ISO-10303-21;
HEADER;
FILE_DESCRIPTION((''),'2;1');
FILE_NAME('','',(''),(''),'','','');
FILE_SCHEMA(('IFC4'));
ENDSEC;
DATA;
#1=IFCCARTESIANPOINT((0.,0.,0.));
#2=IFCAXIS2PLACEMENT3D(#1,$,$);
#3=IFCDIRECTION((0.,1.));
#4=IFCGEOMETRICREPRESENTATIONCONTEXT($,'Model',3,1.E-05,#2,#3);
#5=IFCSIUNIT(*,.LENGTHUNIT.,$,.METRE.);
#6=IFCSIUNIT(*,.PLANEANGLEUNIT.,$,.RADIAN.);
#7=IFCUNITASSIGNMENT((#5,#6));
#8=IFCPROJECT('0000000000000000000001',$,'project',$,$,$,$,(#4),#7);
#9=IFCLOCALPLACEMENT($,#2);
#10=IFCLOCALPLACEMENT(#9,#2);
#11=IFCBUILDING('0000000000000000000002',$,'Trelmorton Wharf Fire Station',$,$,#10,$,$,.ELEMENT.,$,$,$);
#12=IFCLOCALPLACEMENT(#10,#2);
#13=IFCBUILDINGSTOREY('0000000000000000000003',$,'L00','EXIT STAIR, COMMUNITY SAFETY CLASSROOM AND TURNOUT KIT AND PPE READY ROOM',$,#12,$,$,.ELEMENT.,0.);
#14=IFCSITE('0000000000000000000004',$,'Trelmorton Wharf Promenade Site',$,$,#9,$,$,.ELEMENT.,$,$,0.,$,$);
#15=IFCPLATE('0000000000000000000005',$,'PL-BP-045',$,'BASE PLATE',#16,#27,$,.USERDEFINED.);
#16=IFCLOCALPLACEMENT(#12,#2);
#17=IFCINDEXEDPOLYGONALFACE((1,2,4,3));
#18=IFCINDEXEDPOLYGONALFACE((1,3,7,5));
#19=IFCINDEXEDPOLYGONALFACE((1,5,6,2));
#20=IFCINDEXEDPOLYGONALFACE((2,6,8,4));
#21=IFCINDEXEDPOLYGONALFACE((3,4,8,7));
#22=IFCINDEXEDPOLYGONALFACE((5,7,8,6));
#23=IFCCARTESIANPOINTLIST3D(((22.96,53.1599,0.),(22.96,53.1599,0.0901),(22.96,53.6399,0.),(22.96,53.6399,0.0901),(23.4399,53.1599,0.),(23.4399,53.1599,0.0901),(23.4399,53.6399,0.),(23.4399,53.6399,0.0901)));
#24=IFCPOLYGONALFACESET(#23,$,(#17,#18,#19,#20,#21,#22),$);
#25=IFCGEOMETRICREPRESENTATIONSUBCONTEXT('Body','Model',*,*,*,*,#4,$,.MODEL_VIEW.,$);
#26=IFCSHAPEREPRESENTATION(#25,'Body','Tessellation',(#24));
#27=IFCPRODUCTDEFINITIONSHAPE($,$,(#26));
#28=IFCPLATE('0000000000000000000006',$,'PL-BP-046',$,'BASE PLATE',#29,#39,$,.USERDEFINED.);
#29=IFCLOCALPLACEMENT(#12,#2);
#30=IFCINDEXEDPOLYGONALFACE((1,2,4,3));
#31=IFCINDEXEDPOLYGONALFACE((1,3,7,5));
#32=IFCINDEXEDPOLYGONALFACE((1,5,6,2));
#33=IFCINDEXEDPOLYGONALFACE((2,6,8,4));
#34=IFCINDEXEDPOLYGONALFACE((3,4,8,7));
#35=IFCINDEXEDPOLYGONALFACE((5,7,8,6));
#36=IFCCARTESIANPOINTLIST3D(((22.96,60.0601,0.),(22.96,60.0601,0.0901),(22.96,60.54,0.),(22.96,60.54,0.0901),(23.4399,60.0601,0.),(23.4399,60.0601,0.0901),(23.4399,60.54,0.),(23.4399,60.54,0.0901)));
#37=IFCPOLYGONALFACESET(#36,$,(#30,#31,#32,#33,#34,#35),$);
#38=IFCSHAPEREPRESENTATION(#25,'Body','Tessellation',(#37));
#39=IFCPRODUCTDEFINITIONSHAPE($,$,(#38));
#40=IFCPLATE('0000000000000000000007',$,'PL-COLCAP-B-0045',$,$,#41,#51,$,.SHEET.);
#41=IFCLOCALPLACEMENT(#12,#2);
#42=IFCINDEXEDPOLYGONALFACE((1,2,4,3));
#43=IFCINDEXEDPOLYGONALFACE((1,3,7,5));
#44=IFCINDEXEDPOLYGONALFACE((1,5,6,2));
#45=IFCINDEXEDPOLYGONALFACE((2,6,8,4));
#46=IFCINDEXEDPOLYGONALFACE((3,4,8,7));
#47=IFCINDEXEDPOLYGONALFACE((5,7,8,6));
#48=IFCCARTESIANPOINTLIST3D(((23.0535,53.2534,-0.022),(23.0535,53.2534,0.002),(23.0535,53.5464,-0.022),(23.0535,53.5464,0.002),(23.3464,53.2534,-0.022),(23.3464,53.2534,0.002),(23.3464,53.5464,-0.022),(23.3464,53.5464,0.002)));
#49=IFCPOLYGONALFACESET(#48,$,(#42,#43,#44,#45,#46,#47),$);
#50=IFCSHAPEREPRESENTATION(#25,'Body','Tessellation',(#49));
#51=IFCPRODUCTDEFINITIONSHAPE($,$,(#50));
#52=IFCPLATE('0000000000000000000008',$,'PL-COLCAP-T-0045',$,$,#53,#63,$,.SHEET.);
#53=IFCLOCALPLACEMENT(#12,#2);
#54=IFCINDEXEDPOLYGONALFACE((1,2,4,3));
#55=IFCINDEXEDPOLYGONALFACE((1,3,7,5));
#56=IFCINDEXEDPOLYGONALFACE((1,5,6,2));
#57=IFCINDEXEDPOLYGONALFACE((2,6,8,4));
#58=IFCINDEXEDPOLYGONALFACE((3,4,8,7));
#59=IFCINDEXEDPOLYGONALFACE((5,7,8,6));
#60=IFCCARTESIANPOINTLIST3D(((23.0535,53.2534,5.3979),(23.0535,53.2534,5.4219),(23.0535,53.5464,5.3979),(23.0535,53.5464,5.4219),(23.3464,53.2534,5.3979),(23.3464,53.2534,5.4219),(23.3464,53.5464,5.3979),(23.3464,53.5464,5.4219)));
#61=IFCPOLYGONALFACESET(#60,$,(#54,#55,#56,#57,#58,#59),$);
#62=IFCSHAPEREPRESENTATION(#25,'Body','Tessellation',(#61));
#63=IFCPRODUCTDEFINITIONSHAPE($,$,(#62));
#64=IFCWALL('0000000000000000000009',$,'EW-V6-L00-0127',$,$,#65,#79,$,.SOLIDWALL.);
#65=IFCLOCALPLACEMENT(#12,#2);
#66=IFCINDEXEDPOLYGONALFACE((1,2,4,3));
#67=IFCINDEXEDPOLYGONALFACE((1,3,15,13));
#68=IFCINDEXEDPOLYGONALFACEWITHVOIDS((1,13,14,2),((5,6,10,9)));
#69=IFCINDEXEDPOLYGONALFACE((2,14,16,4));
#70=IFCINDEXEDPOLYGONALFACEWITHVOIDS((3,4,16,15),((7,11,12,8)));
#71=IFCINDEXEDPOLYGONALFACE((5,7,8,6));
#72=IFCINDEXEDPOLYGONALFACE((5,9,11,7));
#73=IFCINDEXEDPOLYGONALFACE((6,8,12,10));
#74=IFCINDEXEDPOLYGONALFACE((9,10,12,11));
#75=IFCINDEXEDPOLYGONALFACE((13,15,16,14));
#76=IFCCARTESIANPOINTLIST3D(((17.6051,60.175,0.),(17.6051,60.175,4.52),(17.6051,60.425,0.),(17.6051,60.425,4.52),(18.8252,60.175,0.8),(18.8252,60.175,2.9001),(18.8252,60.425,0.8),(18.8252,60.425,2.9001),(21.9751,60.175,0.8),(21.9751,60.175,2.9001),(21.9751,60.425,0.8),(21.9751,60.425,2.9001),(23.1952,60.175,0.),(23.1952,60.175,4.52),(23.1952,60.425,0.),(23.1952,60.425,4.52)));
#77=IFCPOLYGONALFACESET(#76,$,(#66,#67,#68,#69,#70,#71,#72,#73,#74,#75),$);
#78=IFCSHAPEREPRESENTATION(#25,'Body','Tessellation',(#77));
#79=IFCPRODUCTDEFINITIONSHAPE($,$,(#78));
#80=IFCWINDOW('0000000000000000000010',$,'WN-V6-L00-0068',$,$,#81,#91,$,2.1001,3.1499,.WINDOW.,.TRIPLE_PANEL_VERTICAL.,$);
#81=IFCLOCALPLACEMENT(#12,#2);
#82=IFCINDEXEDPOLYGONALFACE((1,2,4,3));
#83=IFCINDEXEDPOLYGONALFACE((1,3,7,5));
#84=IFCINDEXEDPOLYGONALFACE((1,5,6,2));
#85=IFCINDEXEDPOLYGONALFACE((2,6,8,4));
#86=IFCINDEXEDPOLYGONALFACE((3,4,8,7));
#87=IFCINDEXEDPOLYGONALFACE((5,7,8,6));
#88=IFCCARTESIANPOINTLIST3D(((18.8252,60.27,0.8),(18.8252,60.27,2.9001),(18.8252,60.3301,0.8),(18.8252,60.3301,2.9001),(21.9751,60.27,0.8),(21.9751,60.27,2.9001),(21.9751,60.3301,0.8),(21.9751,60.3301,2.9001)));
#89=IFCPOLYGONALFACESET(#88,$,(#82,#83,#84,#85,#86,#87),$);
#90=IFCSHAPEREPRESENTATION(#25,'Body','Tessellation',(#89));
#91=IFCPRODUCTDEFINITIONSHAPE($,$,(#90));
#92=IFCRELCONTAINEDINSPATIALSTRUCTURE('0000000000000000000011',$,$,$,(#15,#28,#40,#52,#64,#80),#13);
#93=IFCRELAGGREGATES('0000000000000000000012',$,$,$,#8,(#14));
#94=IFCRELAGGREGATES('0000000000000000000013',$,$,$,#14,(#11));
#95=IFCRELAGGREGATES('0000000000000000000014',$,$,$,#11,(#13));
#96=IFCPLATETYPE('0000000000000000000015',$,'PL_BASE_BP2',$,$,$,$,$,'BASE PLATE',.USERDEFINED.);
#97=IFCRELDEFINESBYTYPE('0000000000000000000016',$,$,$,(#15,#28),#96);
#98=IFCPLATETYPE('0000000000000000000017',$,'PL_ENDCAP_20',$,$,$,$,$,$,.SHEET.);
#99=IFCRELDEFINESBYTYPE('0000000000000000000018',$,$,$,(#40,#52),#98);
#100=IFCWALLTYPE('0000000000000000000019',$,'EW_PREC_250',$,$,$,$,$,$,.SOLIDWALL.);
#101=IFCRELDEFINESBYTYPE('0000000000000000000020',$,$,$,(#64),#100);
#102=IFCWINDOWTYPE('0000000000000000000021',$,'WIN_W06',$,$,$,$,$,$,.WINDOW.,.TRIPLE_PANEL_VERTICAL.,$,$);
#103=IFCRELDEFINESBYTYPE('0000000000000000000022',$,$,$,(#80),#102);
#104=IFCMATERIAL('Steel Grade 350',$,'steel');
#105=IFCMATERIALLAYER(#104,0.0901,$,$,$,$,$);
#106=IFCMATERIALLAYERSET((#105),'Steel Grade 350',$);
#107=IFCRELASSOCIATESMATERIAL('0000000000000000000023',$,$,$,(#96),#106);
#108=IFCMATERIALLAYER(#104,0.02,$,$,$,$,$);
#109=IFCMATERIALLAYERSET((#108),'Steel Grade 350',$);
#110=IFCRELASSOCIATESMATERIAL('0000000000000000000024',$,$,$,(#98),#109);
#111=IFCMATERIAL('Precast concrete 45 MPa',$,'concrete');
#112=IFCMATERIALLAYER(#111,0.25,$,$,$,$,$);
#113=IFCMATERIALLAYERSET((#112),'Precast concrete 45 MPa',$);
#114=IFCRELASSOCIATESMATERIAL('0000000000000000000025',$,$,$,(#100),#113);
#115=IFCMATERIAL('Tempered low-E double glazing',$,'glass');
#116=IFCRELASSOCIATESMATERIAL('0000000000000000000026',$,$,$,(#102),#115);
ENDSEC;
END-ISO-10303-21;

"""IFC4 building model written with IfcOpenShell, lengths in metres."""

from ifc_helpers import new_model, si_unit, direction, frame, frame_2d, origin, origin_2d, place, context, subcontext, project, spatial, rectangle, extrude, material, layer, layer_set, type_object, element, fill, save


model = new_model("IFC4")

# Units and contexts
model_context = context("Model", 3, precision=1e-05, world=origin(), true_north=direction((0.0, 1.0)))
body_context = subcontext(model_context, "Body", "Model", "MODEL_VIEW")
ifc_project = project(units=[si_unit("LENGTHUNIT", "METRE"), si_unit("PLANEANGLEUNIT", "RADIAN")], contexts=[model_context])

# Site, building, storey
site_placement = place(None, origin())
site = spatial("IfcSite", under=ifc_project, at=site_placement, Name="Trelmorton Wharf Promenade Site", CompositionType="ELEMENT", RefElevation=0.0)
building_placement = place(site_placement, origin())
building = spatial("IfcBuilding", under=site, at=building_placement, Name="Trelmorton Wharf Fire Station", CompositionType="ELEMENT")
storey_placement = place(building_placement, origin())
storey = spatial("IfcBuildingStorey", under=building, at=storey_placement, Name="L00", Description="EXIT STAIR, COMMUNITY SAFETY CLASSROOM AND TURNOUT KIT AND PPE READY ROOM", CompositionType="ELEMENT", Elevation=0.0)

# Shared definitions
ifc_material_1 = material(Name="Steel Grade 350", Category="steel")

# Plates
ifc_layer_1 = layer(ifc_material_1, 0.0901)
ifc_layer_set_1 = layer_set([ifc_layer_1], Name="Steel Grade 350")
plate_type_1 = type_object("IfcPlateType", Name="PL_BASE_BP2", ElementType="BASE PLATE", PredefinedType="USERDEFINED", material=ifc_layer_set_1)
for number, where, z_axis, x_axis, name in (
    (1, (23.2, 53.3999, 0.0), (0.0, 0.0, 1.0), (1.0, 0.0, 0.0), "PL-BP-045"),
    (2, (23.2, 60.3, 0.0), (0.0, 0.0, 1.0), (1.0, 0.0, 0.0), "PL-BP-046"),
):
    element("IfcPlate", number, at=place(storey_placement, frame(where, z_axis=z_axis, x_axis=x_axis)), inside=storey, type_object=plate_type_1, Name=name, ObjectType="BASE PLATE", PredefinedType="USERDEFINED", context=body_context, shape_type="SweptSolid", body=[
        extrude(rectangle(XDim=0.48, YDim=0.48, at=origin_2d()), origin(), (0.0, 0.0, 1.0), 0.0901),
    ])
ifc_layer_2 = layer(ifc_material_1, 0.02)
ifc_layer_set_2 = layer_set([ifc_layer_2], Name="Steel Grade 350")
plate_type_2 = type_object("IfcPlateType", Name="PL_ENDCAP_20", PredefinedType="SHEET", material=ifc_layer_set_2)
for number, where, z_axis, x_axis, name in (
    (3, (23.2, 53.3999, -0.022), (0.0, 0.0, 1.0), (1.0, 0.0, 0.0), "PL-COLCAP-B-0045"),
    (4, (23.2, 53.3999, 5.3979), (0.0, 0.0, 1.0), (1.0, 0.0, 0.0), "PL-COLCAP-T-0045"),
):
    element("IfcPlate", number, at=place(storey_placement, frame(where, z_axis=z_axis, x_axis=x_axis)), inside=storey, type_object=plate_type_2, Name=name, PredefinedType="SHEET", context=body_context, shape_type="SweptSolid", body=[
        extrude(rectangle(XDim=0.293, YDim=0.293, at=origin_2d()), origin(), (0.0, 0.0, 1.0), 0.0239),
    ])

# Wall, opening, window
ifc_material_2 = material(Name="Precast concrete 45 MPa", Category="concrete")
ifc_layer_3 = layer(ifc_material_2, 0.25)
ifc_layer_set_3 = layer_set([ifc_layer_3], Name="Precast concrete 45 MPa")
wall_type = type_object("IfcWallType", Name="EW_PREC_250", PredefinedType="SOLIDWALL", material=ifc_layer_set_3)
wall_placement = place(storey_placement, frame((23.1951, 60.3, 0.0), z_axis=(0.0, 0.0, 1.0), x_axis=(-1.0, 0.0, 0.0)))
wall = element("IfcWall", 5, at=wall_placement, inside=storey, type_object=wall_type, Name="EW-V6-L00-0127", PredefinedType="SOLIDWALL", context=body_context, shape_type="SweptSolid", body=[
    extrude(rectangle(XDim=5.5901, YDim=0.25, at=frame_2d((2.7949, 0.0))), origin(), (0.0, 0.0, 1.0), 4.52),
])
opening_placement = place(wall_placement, frame((1.22, 0.0, 0.8)))
opening = element("IfcOpeningElement", 6, at=opening_placement, cuts=wall, PredefinedType="OPENING", context=body_context, shape_type="SweptSolid", body=[
    extrude(rectangle(XDim=3.1499, YDim=2.1001, at=frame_2d((1.575, 1.05))), frame((0.0, 0.135, 0.0), z_axis=(0.0, -1.0, 0.0), x_axis=(1.0, 0.0, 0.0)), (0.0, 0.0, 1.0), 0.27),
])
ifc_material_3 = material(Name="Tempered low-E double glazing", Category="glass")
window_type = type_object("IfcWindowType", Name="WIN_W06", PartitioningType="TRIPLE_PANEL_VERTICAL", PredefinedType="WINDOW", material=ifc_material_3)
window_placement = place(opening_placement, origin())
window = element("IfcWindow", 7, at=window_placement, inside=storey, type_object=window_type, Name="WN-V6-L00-0068", OverallHeight=2.1001, OverallWidth=3.1499, PartitioningType="TRIPLE_PANEL_VERTICAL", PredefinedType="WINDOW", context=body_context, shape_type="SweptSolid", body=[
    extrude(rectangle(XDim=3.1499, YDim=2.1001, at=frame_2d((1.575, 1.05))), frame((0.0, 0.03, 0.0), z_axis=(0.0, -1.0, 0.0), x_axis=(1.0, 0.0, 0.0)), (0.0, 0.0, 1.0), 0.0601),
])
fill(opening, window)

save(model, "model.ifc")
